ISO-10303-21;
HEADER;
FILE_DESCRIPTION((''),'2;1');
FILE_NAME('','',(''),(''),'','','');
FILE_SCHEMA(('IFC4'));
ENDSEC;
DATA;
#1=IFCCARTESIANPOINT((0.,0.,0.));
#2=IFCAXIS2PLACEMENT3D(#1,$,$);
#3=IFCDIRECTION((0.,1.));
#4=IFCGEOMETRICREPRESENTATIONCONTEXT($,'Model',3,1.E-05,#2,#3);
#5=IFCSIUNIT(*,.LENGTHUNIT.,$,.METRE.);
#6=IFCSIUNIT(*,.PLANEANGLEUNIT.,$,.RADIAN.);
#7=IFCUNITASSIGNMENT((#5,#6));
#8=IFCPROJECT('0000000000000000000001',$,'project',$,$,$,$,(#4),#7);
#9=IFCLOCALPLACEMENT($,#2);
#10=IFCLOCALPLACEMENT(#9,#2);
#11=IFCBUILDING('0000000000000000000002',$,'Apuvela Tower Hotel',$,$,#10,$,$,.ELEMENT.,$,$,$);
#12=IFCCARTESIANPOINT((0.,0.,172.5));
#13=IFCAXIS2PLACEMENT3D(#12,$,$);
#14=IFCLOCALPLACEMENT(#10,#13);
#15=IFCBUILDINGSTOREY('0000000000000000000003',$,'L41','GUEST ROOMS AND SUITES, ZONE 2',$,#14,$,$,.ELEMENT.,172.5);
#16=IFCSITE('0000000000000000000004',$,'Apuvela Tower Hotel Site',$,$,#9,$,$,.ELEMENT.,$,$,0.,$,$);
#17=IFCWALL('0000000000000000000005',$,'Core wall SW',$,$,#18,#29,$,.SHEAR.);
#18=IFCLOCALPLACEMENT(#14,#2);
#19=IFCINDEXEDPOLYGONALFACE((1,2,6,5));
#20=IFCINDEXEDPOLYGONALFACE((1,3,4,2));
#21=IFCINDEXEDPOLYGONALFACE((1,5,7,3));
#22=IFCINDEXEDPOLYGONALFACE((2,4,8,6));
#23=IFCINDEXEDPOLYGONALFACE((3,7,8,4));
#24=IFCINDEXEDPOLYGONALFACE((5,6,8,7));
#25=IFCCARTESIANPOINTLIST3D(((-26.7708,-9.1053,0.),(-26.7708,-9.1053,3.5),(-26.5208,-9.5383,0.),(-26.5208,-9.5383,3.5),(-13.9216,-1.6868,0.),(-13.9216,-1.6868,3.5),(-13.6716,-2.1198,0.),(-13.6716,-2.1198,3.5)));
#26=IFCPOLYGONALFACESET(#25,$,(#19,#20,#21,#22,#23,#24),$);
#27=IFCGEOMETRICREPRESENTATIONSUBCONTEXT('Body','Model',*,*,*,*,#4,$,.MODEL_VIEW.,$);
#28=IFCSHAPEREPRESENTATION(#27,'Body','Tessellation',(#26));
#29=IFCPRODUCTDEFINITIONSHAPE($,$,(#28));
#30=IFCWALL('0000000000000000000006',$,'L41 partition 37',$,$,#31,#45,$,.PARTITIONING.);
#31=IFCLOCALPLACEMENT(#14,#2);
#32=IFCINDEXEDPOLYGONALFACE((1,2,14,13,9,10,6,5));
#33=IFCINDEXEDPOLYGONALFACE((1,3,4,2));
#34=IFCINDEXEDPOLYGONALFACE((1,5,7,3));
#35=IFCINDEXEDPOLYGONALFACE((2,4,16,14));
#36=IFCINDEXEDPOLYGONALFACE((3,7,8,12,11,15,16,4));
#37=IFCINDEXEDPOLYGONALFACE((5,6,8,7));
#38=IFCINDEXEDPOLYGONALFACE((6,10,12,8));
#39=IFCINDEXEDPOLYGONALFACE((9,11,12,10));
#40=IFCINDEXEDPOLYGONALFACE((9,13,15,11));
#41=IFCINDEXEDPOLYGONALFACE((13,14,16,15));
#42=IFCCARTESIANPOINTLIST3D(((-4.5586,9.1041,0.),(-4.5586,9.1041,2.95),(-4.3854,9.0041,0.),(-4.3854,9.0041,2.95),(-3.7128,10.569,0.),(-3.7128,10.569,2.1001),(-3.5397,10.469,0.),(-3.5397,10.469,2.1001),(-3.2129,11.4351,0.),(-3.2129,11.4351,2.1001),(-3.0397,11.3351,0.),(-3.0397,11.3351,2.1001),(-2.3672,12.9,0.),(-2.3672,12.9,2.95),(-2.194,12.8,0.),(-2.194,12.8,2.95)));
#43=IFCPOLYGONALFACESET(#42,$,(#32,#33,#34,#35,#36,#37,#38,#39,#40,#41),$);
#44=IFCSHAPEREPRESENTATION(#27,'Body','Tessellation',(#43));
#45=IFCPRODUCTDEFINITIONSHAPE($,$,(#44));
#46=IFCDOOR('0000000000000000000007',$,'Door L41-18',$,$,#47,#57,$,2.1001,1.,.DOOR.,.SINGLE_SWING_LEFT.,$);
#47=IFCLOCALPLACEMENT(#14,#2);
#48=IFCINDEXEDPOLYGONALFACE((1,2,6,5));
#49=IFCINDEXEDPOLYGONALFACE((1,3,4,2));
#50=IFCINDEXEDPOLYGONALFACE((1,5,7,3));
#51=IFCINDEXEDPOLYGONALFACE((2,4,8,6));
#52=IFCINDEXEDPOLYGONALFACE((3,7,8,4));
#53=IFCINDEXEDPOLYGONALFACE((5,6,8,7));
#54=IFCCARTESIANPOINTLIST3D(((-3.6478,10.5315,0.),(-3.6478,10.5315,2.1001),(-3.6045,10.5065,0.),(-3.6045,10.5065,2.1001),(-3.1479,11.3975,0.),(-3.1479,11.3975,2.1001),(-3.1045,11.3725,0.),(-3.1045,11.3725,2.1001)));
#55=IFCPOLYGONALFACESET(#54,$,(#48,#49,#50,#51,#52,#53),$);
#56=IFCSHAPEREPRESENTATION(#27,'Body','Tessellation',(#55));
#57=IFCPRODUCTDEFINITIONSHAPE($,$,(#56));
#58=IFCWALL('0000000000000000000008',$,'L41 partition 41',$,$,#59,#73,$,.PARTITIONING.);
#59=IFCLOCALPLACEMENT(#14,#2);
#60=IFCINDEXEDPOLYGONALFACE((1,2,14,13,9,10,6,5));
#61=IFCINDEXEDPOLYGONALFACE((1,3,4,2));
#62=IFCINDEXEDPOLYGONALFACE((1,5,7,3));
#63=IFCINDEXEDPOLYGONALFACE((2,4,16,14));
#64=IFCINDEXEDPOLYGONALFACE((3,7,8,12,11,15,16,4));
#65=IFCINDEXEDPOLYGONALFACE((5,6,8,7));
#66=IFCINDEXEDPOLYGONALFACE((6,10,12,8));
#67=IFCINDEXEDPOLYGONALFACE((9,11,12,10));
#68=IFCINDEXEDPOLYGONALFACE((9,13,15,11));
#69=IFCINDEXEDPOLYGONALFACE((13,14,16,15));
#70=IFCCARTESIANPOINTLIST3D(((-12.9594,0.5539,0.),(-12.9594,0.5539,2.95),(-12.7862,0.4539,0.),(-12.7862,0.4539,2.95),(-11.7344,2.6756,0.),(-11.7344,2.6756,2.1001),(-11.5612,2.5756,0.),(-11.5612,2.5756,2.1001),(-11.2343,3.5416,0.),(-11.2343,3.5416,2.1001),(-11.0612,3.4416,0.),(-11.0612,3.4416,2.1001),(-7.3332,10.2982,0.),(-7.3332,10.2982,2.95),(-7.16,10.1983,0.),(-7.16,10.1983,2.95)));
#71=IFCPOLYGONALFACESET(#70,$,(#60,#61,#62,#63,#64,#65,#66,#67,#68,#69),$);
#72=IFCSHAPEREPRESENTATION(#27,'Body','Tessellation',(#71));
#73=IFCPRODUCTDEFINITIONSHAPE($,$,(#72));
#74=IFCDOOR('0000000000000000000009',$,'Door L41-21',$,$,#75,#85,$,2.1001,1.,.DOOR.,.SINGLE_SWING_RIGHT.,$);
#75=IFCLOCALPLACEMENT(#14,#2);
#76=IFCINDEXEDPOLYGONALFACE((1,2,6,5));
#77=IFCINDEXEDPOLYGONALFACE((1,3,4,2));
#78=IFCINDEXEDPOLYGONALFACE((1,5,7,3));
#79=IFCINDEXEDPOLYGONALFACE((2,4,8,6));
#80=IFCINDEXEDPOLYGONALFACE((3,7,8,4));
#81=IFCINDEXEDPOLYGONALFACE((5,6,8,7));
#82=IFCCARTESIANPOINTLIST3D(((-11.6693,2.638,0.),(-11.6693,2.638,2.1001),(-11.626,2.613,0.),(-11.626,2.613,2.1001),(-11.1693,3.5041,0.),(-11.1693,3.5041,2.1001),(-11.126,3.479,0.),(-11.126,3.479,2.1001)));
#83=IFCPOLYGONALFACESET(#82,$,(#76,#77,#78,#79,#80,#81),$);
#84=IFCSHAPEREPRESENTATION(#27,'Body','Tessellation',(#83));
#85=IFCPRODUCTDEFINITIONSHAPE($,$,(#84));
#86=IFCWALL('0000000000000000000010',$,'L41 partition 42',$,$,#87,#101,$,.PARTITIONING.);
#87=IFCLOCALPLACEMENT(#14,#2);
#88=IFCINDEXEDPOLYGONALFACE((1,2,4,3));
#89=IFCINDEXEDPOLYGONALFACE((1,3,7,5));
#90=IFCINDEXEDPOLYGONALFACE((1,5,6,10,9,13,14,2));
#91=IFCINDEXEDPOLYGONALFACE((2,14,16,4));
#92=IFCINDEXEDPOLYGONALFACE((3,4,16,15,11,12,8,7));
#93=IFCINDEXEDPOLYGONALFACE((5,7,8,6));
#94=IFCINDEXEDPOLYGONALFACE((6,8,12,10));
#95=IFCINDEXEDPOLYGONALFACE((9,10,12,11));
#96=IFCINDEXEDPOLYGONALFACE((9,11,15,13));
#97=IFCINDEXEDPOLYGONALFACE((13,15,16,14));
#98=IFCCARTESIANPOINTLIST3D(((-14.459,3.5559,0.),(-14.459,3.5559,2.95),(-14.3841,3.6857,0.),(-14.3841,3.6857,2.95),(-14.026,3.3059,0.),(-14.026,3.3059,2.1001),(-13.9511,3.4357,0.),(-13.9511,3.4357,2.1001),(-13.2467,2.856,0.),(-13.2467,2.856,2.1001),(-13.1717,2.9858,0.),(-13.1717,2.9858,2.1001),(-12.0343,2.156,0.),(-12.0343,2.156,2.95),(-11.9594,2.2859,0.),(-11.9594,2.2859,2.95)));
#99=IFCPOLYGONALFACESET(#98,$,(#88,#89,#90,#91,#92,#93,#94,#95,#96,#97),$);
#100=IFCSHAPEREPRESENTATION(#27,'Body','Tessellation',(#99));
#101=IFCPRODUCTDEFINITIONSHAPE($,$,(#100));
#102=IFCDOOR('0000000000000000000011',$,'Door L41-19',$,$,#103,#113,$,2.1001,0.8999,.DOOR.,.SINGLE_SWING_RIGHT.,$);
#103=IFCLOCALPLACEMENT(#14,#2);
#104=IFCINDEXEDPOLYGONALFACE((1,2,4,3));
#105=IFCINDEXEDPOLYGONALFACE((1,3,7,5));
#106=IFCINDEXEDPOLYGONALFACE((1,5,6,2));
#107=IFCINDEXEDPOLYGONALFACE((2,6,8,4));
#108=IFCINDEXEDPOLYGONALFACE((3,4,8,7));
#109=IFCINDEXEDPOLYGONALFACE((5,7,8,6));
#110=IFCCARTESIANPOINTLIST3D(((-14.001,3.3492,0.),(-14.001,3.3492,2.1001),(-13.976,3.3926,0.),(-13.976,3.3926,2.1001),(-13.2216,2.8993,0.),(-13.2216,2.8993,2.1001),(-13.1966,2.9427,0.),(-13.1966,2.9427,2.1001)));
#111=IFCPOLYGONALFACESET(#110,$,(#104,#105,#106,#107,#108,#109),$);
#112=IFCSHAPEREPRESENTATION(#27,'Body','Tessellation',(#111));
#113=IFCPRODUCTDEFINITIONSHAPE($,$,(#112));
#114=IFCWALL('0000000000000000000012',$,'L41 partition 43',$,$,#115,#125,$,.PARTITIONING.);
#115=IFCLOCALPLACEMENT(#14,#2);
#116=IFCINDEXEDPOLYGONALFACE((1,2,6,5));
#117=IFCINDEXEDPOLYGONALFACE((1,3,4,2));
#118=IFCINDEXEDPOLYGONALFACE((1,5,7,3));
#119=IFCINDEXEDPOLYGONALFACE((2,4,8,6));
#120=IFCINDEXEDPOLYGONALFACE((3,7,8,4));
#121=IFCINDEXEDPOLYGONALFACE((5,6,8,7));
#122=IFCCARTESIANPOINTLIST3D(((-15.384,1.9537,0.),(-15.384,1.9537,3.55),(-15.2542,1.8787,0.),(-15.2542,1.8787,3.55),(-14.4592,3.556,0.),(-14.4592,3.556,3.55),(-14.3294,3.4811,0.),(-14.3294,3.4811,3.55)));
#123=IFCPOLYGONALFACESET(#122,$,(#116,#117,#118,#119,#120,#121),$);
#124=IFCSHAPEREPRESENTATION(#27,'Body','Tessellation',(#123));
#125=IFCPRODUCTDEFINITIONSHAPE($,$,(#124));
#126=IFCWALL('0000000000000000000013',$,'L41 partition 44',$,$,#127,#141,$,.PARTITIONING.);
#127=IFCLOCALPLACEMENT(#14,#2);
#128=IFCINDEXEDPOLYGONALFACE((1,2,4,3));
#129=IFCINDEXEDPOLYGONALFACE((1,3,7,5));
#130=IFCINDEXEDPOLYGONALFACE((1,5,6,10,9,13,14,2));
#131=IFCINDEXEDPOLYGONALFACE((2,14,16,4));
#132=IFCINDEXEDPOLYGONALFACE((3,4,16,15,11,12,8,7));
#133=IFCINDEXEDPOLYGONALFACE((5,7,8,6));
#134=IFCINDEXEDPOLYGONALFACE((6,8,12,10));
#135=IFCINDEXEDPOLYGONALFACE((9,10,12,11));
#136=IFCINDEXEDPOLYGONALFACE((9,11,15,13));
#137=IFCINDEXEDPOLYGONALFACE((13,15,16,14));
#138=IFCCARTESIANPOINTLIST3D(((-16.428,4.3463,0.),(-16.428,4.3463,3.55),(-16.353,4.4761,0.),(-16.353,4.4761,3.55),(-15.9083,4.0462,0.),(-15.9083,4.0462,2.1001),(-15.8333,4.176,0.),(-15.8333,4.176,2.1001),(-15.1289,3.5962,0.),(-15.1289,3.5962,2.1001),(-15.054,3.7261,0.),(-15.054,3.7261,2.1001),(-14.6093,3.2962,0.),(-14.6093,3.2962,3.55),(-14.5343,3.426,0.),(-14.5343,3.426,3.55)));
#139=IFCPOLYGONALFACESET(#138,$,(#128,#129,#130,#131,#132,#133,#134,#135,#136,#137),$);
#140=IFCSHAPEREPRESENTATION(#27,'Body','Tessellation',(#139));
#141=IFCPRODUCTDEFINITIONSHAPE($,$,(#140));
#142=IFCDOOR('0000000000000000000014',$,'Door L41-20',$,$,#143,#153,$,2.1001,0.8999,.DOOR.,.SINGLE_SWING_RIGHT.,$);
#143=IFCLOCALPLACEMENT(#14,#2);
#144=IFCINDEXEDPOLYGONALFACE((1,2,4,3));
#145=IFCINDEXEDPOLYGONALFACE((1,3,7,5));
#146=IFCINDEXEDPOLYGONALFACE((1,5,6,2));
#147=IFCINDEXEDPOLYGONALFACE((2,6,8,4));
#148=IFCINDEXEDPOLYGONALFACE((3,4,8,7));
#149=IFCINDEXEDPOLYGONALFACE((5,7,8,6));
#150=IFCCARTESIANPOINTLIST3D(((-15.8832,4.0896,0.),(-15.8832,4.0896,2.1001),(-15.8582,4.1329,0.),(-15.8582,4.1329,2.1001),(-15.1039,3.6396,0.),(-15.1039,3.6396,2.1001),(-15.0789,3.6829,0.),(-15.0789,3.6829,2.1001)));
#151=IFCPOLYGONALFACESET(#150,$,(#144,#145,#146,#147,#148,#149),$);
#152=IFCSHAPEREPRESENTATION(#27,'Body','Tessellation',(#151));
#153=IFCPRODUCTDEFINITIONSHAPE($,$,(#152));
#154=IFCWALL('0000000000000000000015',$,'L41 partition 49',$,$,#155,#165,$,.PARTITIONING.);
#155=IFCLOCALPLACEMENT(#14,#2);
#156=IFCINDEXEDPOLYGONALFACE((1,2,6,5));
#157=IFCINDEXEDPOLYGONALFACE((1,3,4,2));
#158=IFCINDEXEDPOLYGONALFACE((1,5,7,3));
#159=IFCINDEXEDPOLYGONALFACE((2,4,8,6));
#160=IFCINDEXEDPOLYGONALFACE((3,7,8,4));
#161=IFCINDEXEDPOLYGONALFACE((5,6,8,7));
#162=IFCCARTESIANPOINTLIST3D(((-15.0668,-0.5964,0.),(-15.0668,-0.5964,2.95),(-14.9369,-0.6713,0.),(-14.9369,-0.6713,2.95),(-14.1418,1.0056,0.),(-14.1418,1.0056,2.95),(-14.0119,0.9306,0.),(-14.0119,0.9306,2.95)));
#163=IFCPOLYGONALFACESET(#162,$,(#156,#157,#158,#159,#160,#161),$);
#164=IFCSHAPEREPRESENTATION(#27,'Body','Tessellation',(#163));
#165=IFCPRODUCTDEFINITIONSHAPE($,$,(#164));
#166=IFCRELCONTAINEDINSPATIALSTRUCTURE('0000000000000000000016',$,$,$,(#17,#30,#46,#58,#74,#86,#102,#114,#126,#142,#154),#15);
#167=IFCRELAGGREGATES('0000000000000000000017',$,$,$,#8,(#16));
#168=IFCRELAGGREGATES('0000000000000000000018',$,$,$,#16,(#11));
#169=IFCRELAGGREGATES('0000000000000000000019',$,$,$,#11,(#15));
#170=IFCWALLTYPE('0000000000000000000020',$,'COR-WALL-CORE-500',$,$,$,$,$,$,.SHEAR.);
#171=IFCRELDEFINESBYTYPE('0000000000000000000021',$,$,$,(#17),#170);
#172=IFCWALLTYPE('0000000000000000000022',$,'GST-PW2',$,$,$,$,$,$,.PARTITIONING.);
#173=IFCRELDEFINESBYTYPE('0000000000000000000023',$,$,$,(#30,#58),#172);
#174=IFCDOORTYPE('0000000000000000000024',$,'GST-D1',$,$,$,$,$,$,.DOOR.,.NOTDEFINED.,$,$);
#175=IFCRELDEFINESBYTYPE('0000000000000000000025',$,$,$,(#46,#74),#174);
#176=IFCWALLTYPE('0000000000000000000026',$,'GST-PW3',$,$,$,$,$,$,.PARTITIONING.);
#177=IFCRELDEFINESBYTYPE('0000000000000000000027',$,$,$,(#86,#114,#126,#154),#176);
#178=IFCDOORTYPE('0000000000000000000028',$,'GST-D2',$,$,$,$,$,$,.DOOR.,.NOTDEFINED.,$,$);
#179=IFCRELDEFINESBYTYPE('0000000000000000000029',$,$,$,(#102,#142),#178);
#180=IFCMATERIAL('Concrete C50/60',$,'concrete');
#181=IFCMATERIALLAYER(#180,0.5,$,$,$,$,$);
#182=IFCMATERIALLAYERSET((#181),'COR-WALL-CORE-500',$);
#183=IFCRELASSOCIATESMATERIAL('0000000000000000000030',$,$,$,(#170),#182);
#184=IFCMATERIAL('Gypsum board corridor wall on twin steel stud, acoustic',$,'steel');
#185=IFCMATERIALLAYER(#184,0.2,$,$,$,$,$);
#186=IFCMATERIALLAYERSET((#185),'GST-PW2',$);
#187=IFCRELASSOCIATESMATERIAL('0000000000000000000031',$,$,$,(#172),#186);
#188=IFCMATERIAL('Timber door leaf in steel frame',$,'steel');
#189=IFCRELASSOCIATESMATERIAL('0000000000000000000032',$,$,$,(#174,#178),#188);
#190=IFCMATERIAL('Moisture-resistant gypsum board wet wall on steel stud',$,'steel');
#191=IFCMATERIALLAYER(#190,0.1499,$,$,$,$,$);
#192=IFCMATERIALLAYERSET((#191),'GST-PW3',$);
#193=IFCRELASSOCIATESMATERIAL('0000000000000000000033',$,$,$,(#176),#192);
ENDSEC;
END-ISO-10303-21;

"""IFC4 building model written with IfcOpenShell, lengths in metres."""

from ifc_helpers import new_model, si_unit, direction, frame, frame_2d, origin, place, context, subcontext, project, spatial, rectangle, extrude, material, layer, layer_set, type_object, element, fill, save


model = new_model("IFC4")

# Units and contexts
model_context = context("Model", 3, precision=1e-05, world=origin(), true_north=direction((0.0, 1.0)))
body_context = subcontext(model_context, "Body", "Model", "MODEL_VIEW")
ifc_project = project(units=[si_unit("LENGTHUNIT", "METRE"), si_unit("PLANEANGLEUNIT", "RADIAN")], contexts=[model_context])

# Site, building, storey
site_placement = place(None, origin())
site = spatial("IfcSite", under=ifc_project, at=site_placement, Name="Apuvela Tower Hotel Site", CompositionType="ELEMENT", RefElevation=0.0)
building_placement = place(site_placement, origin())
building = spatial("IfcBuilding", under=site, at=building_placement, Name="Apuvela Tower Hotel", CompositionType="ELEMENT")
storey_placement = place(building_placement, frame((0.0, 0.0, 172.5)))
storey = spatial("IfcBuildingStorey", under=building, at=storey_placement, Name="L41", Description="GUEST ROOMS AND SUITES, ZONE 2", CompositionType="ELEMENT", Elevation=172.5)

# Shared definitions
ifc_material_1 = material(Name="Concrete C50/60", Category="concrete")

# Wall
ifc_layer_1 = layer(ifc_material_1, 0.5)
ifc_layer_set_1 = layer_set([ifc_layer_1], Name="COR-WALL-CORE-500")
wall_type_1 = type_object("IfcWallType", Name="COR-WALL-CORE-500", PredefinedType="SHEAR", material=ifc_layer_set_1)
wall_1_placement = place(storey_placement, frame((-13.7966, -1.9033, 0.0), z_axis=(0.0, 0.0, 1.0), x_axis=(-0.866025, -0.500001, 0.0)))
element("IfcWall", 1, at=wall_1_placement, inside=storey, type_object=wall_type_1, Name="Core wall SW", PredefinedType="SHEAR", context=body_context, shape_type="SweptSolid", body=[
    extrude(rectangle(XDim=14.8369, YDim=0.5, at=frame_2d((7.4185, 0.0))), origin(), (0.0, 0.0, 1.0), 3.5),
])

# Walls, openings, doors
ifc_material_2 = material(Name="Gypsum board corridor wall on twin steel stud, acoustic", Category="steel")
ifc_layer_2 = layer(ifc_material_2, 0.2)
ifc_layer_set_2 = layer_set([ifc_layer_2], Name="GST-PW2")
wall_type_2 = type_object("IfcWallType", Name="GST-PW2", PredefinedType="PARTITIONING", material=ifc_layer_set_2)
wall_2_placement = place(storey_placement, frame((-4.4719, 9.0542, 0.0), z_axis=(0.0, 0.0, 1.0), x_axis=(0.499973, 0.866041, 0.0)))
wall_2 = element("IfcWall", 2, at=wall_2_placement, inside=storey, type_object=wall_type_2, Name="L41 partition 37", PredefinedType="PARTITIONING", context=body_context, shape_type="SweptSolid", body=[
    extrude(rectangle(XDim=4.3831, YDim=0.2, at=frame_2d((2.1914, 0.0))), origin(), (0.0, 0.0, 1.0), 2.95),
])
opening_1_placement = place(wall_2_placement, frame((1.6914, 0.0, 0.0)))
opening_1 = element("IfcOpeningElement", 3, at=opening_1_placement, cuts=wall_2, PredefinedType="OPENING", context=body_context, shape_type="SweptSolid", body=[
    extrude(rectangle(XDim=1.0, YDim=2.1001, at=frame_2d((0.5, 1.05))), frame((0.0, 0.1099, 0.0), z_axis=(0.0, -1.0, 0.0), x_axis=(1.0, 0.0, 0.0)), (0.0, 0.0, 1.0), 0.22),
])
ifc_material_3 = material(Name="Timber door leaf in steel frame", Category="steel")
door_type_1 = type_object("IfcDoorType", Name="GST-D1", OperationType="NOTDEFINED", PredefinedType="DOOR", material=ifc_material_3)
door_1_placement = place(opening_1_placement, origin())
door_1 = element("IfcDoor", 4, at=door_1_placement, inside=storey, type_object=door_type_1, Name="Door L41-18", OperationType="SINGLE_SWING_LEFT", OverallHeight=2.1001, OverallWidth=1.0, PredefinedType="DOOR", context=body_context, shape_type="SweptSolid", body=[
    extrude(rectangle(XDim=1.0, YDim=2.1001, at=frame_2d((0.5, 1.05))), frame((0.0, 0.0249, 0.0), z_axis=(0.0, -1.0, 0.0), x_axis=(1.0, 0.0, 0.0)), (0.0, 0.0, 1.0), 0.05),
])
fill(opening_1, door_1)
wall_3_placement = place(storey_placement, frame((-12.8728, 0.5039, 0.0), z_axis=(0.0, 0.0, 1.0), x_axis=(0.50002, 0.866014, 0.0)))
wall_3 = element("IfcWall", 5, at=wall_3_placement, inside=storey, type_object=wall_type_2, Name="L41 partition 41", PredefinedType="PARTITIONING", context=body_context, shape_type="SweptSolid", body=[
    extrude(rectangle(XDim=11.252, YDim=0.2, at=frame_2d((5.626, 0.0))), origin(), (0.0, 0.0, 1.0), 2.95),
])
opening_2_placement = place(wall_3_placement, frame((2.45, 0.0, 0.0)))
opening_2 = element("IfcOpeningElement", 6, at=opening_2_placement, cuts=wall_3, PredefinedType="OPENING", context=body_context, shape_type="SweptSolid", body=[
    extrude(rectangle(XDim=1.0, YDim=2.1001, at=frame_2d((0.5, 1.05))), frame((0.0, 0.1099, 0.0), z_axis=(0.0, -1.0, 0.0), x_axis=(1.0, 0.0, 0.0)), (0.0, 0.0, 1.0), 0.22),
])
door_2_placement = place(opening_2_placement, origin())
door_2 = element("IfcDoor", 7, at=door_2_placement, inside=storey, type_object=door_type_1, Name="Door L41-21", OperationType="SINGLE_SWING_RIGHT", OverallHeight=2.1001, OverallWidth=1.0, PredefinedType="DOOR", context=body_context, shape_type="SweptSolid", body=[
    extrude(rectangle(XDim=1.0, YDim=2.1001, at=frame_2d((0.5, 1.05))), frame((0.0, 0.0249, 0.0), z_axis=(0.0, -1.0, 0.0), x_axis=(1.0, 0.0, 0.0)), (0.0, 0.0, 1.0), 0.05),
])
fill(opening_2, door_2)
ifc_material_4 = material(Name="Moisture-resistant gypsum board wet wall on steel stud", Category="steel")
ifc_layer_3 = layer(ifc_material_4, 0.1499)
ifc_layer_set_3 = layer_set([ifc_layer_3], Name="GST-PW3")
wall_type_3 = type_object("IfcWallType", Name="GST-PW3", PredefinedType="PARTITIONING", material=ifc_layer_set_3)
wall_4_placement = place(storey_placement, frame((-11.9968, 2.2209, 0.0), z_axis=(0.0, 0.0, 1.0), x_axis=(-0.866035, 0.499984, 0.0)))
wall_4 = element("IfcWall", 8, at=wall_4_placement, inside=storey, type_object=wall_type_3, Name="L41 partition 42", PredefinedType="PARTITIONING", context=body_context, shape_type="SweptSolid", body=[
    extrude(rectangle(XDim=2.7998, YDim=0.1499, at=frame_2d((1.3999, 0.0))), origin(), (0.0, 0.0, 1.0), 2.95),
])
opening_3_placement = place(wall_4_placement, frame((1.3999, 0.0, 0.0)))
opening_3 = element("IfcOpeningElement", 9, at=opening_3_placement, cuts=wall_4, PredefinedType="OPENING", context=body_context, shape_type="SweptSolid", body=[
    extrude(rectangle(XDim=0.8999, YDim=2.1001, at=frame_2d((0.45, 1.05))), frame((0.0, 0.085, 0.0), z_axis=(0.0, -1.0, 0.0), x_axis=(1.0, 0.0, 0.0)), (0.0, 0.0, 1.0), 0.1699),
])
door_type_2 = type_object("IfcDoorType", Name="GST-D2", OperationType="NOTDEFINED", PredefinedType="DOOR", material=ifc_material_3)
door_3_placement = place(opening_3_placement, origin())
door_3 = element("IfcDoor", 10, at=door_3_placement, inside=storey, type_object=door_type_2, Name="Door L41-19", OperationType="SINGLE_SWING_RIGHT", OverallHeight=2.1001, OverallWidth=0.8999, PredefinedType="DOOR", context=body_context, shape_type="SweptSolid", body=[
    extrude(rectangle(XDim=0.8999, YDim=2.1001, at=frame_2d((0.45, 1.05))), frame((0.0, 0.0249, 0.0), z_axis=(0.0, -1.0, 0.0), x_axis=(1.0, 0.0, 0.0)), (0.0, 0.0, 1.0), 0.05),
])
fill(opening_3, door_3)

# Wall
wall_5_placement = place(storey_placement, frame((-14.3943, 3.5186, 0.0), z_axis=(0.0, 0.0, 1.0), x_axis=(-0.499886, -0.866091, 0.0)))
element("IfcWall", 11, at=wall_5_placement, inside=storey, type_object=wall_type_3, Name="L41 partition 43", PredefinedType="PARTITIONING", context=body_context, shape_type="SweptSolid", body=[
    extrude(rectangle(XDim=1.8501, YDim=0.1499, at=frame_2d((0.925, 0.0))), origin(), (0.0, 0.0, 1.0), 3.55),
])

# Wall, opening, door
wall_6_placement = place(storey_placement, frame((-14.5718, 3.3611, 0.0), z_axis=(0.0, 0.0, 1.0), x_axis=(-0.866009, 0.500028, 0.0)))
wall_6 = element("IfcWall", 12, at=wall_6_placement, inside=storey, type_object=wall_type_3, Name="L41 partition 44", PredefinedType="PARTITIONING", context=body_context, shape_type="SweptSolid", body=[
    extrude(rectangle(XDim=2.1001, YDim=0.1499, at=frame_2d((1.05, 0.0))), origin(), (0.0, 0.0, 1.0), 3.55),
])
opening_4_placement = place(wall_6_placement, frame((0.6001, 0.0, 0.0)))
opening_4 = element("IfcOpeningElement", 13, at=opening_4_placement, cuts=wall_6, PredefinedType="OPENING", context=body_context, shape_type="SweptSolid", body=[
    extrude(rectangle(XDim=0.8999, YDim=2.1001, at=frame_2d((0.45, 1.05))), frame((0.0, 0.085, 0.0), z_axis=(0.0, -1.0, 0.0), x_axis=(1.0, 0.0, 0.0)), (0.0, 0.0, 1.0), 0.1699),
])
door_4_placement = place(opening_4_placement, origin())
door_4 = element("IfcDoor", 14, at=door_4_placement, inside=storey, type_object=door_type_2, Name="Door L41-20", OperationType="SINGLE_SWING_RIGHT", OverallHeight=2.1001, OverallWidth=0.8999, PredefinedType="DOOR", context=body_context, shape_type="SweptSolid", body=[
    extrude(rectangle(XDim=0.8999, YDim=2.1001, at=frame_2d((0.45, 1.05))), frame((0.0, 0.0249, 0.0), z_axis=(0.0, -1.0, 0.0), x_axis=(1.0, 0.0, 0.0)), (0.0, 0.0, 1.0), 0.05),
])
fill(opening_4, door_4)

# Wall
wall_7_placement = place(storey_placement, frame((-14.0769, 0.968, 0.0), z_axis=(0.0, 0.0, 1.0), x_axis=(-0.500042, -0.866001, 0.0)))
element("IfcWall", 15, at=wall_7_placement, inside=storey, type_object=wall_type_3, Name="L41 partition 49", PredefinedType="PARTITIONING", context=body_context, shape_type="SweptSolid", body=[
    extrude(rectangle(XDim=1.8499, YDim=0.1499, at=frame_2d((0.9248, 0.0))), origin(), (0.0, 0.0, 1.0), 2.95),
])

save(model, "model.ifc")
